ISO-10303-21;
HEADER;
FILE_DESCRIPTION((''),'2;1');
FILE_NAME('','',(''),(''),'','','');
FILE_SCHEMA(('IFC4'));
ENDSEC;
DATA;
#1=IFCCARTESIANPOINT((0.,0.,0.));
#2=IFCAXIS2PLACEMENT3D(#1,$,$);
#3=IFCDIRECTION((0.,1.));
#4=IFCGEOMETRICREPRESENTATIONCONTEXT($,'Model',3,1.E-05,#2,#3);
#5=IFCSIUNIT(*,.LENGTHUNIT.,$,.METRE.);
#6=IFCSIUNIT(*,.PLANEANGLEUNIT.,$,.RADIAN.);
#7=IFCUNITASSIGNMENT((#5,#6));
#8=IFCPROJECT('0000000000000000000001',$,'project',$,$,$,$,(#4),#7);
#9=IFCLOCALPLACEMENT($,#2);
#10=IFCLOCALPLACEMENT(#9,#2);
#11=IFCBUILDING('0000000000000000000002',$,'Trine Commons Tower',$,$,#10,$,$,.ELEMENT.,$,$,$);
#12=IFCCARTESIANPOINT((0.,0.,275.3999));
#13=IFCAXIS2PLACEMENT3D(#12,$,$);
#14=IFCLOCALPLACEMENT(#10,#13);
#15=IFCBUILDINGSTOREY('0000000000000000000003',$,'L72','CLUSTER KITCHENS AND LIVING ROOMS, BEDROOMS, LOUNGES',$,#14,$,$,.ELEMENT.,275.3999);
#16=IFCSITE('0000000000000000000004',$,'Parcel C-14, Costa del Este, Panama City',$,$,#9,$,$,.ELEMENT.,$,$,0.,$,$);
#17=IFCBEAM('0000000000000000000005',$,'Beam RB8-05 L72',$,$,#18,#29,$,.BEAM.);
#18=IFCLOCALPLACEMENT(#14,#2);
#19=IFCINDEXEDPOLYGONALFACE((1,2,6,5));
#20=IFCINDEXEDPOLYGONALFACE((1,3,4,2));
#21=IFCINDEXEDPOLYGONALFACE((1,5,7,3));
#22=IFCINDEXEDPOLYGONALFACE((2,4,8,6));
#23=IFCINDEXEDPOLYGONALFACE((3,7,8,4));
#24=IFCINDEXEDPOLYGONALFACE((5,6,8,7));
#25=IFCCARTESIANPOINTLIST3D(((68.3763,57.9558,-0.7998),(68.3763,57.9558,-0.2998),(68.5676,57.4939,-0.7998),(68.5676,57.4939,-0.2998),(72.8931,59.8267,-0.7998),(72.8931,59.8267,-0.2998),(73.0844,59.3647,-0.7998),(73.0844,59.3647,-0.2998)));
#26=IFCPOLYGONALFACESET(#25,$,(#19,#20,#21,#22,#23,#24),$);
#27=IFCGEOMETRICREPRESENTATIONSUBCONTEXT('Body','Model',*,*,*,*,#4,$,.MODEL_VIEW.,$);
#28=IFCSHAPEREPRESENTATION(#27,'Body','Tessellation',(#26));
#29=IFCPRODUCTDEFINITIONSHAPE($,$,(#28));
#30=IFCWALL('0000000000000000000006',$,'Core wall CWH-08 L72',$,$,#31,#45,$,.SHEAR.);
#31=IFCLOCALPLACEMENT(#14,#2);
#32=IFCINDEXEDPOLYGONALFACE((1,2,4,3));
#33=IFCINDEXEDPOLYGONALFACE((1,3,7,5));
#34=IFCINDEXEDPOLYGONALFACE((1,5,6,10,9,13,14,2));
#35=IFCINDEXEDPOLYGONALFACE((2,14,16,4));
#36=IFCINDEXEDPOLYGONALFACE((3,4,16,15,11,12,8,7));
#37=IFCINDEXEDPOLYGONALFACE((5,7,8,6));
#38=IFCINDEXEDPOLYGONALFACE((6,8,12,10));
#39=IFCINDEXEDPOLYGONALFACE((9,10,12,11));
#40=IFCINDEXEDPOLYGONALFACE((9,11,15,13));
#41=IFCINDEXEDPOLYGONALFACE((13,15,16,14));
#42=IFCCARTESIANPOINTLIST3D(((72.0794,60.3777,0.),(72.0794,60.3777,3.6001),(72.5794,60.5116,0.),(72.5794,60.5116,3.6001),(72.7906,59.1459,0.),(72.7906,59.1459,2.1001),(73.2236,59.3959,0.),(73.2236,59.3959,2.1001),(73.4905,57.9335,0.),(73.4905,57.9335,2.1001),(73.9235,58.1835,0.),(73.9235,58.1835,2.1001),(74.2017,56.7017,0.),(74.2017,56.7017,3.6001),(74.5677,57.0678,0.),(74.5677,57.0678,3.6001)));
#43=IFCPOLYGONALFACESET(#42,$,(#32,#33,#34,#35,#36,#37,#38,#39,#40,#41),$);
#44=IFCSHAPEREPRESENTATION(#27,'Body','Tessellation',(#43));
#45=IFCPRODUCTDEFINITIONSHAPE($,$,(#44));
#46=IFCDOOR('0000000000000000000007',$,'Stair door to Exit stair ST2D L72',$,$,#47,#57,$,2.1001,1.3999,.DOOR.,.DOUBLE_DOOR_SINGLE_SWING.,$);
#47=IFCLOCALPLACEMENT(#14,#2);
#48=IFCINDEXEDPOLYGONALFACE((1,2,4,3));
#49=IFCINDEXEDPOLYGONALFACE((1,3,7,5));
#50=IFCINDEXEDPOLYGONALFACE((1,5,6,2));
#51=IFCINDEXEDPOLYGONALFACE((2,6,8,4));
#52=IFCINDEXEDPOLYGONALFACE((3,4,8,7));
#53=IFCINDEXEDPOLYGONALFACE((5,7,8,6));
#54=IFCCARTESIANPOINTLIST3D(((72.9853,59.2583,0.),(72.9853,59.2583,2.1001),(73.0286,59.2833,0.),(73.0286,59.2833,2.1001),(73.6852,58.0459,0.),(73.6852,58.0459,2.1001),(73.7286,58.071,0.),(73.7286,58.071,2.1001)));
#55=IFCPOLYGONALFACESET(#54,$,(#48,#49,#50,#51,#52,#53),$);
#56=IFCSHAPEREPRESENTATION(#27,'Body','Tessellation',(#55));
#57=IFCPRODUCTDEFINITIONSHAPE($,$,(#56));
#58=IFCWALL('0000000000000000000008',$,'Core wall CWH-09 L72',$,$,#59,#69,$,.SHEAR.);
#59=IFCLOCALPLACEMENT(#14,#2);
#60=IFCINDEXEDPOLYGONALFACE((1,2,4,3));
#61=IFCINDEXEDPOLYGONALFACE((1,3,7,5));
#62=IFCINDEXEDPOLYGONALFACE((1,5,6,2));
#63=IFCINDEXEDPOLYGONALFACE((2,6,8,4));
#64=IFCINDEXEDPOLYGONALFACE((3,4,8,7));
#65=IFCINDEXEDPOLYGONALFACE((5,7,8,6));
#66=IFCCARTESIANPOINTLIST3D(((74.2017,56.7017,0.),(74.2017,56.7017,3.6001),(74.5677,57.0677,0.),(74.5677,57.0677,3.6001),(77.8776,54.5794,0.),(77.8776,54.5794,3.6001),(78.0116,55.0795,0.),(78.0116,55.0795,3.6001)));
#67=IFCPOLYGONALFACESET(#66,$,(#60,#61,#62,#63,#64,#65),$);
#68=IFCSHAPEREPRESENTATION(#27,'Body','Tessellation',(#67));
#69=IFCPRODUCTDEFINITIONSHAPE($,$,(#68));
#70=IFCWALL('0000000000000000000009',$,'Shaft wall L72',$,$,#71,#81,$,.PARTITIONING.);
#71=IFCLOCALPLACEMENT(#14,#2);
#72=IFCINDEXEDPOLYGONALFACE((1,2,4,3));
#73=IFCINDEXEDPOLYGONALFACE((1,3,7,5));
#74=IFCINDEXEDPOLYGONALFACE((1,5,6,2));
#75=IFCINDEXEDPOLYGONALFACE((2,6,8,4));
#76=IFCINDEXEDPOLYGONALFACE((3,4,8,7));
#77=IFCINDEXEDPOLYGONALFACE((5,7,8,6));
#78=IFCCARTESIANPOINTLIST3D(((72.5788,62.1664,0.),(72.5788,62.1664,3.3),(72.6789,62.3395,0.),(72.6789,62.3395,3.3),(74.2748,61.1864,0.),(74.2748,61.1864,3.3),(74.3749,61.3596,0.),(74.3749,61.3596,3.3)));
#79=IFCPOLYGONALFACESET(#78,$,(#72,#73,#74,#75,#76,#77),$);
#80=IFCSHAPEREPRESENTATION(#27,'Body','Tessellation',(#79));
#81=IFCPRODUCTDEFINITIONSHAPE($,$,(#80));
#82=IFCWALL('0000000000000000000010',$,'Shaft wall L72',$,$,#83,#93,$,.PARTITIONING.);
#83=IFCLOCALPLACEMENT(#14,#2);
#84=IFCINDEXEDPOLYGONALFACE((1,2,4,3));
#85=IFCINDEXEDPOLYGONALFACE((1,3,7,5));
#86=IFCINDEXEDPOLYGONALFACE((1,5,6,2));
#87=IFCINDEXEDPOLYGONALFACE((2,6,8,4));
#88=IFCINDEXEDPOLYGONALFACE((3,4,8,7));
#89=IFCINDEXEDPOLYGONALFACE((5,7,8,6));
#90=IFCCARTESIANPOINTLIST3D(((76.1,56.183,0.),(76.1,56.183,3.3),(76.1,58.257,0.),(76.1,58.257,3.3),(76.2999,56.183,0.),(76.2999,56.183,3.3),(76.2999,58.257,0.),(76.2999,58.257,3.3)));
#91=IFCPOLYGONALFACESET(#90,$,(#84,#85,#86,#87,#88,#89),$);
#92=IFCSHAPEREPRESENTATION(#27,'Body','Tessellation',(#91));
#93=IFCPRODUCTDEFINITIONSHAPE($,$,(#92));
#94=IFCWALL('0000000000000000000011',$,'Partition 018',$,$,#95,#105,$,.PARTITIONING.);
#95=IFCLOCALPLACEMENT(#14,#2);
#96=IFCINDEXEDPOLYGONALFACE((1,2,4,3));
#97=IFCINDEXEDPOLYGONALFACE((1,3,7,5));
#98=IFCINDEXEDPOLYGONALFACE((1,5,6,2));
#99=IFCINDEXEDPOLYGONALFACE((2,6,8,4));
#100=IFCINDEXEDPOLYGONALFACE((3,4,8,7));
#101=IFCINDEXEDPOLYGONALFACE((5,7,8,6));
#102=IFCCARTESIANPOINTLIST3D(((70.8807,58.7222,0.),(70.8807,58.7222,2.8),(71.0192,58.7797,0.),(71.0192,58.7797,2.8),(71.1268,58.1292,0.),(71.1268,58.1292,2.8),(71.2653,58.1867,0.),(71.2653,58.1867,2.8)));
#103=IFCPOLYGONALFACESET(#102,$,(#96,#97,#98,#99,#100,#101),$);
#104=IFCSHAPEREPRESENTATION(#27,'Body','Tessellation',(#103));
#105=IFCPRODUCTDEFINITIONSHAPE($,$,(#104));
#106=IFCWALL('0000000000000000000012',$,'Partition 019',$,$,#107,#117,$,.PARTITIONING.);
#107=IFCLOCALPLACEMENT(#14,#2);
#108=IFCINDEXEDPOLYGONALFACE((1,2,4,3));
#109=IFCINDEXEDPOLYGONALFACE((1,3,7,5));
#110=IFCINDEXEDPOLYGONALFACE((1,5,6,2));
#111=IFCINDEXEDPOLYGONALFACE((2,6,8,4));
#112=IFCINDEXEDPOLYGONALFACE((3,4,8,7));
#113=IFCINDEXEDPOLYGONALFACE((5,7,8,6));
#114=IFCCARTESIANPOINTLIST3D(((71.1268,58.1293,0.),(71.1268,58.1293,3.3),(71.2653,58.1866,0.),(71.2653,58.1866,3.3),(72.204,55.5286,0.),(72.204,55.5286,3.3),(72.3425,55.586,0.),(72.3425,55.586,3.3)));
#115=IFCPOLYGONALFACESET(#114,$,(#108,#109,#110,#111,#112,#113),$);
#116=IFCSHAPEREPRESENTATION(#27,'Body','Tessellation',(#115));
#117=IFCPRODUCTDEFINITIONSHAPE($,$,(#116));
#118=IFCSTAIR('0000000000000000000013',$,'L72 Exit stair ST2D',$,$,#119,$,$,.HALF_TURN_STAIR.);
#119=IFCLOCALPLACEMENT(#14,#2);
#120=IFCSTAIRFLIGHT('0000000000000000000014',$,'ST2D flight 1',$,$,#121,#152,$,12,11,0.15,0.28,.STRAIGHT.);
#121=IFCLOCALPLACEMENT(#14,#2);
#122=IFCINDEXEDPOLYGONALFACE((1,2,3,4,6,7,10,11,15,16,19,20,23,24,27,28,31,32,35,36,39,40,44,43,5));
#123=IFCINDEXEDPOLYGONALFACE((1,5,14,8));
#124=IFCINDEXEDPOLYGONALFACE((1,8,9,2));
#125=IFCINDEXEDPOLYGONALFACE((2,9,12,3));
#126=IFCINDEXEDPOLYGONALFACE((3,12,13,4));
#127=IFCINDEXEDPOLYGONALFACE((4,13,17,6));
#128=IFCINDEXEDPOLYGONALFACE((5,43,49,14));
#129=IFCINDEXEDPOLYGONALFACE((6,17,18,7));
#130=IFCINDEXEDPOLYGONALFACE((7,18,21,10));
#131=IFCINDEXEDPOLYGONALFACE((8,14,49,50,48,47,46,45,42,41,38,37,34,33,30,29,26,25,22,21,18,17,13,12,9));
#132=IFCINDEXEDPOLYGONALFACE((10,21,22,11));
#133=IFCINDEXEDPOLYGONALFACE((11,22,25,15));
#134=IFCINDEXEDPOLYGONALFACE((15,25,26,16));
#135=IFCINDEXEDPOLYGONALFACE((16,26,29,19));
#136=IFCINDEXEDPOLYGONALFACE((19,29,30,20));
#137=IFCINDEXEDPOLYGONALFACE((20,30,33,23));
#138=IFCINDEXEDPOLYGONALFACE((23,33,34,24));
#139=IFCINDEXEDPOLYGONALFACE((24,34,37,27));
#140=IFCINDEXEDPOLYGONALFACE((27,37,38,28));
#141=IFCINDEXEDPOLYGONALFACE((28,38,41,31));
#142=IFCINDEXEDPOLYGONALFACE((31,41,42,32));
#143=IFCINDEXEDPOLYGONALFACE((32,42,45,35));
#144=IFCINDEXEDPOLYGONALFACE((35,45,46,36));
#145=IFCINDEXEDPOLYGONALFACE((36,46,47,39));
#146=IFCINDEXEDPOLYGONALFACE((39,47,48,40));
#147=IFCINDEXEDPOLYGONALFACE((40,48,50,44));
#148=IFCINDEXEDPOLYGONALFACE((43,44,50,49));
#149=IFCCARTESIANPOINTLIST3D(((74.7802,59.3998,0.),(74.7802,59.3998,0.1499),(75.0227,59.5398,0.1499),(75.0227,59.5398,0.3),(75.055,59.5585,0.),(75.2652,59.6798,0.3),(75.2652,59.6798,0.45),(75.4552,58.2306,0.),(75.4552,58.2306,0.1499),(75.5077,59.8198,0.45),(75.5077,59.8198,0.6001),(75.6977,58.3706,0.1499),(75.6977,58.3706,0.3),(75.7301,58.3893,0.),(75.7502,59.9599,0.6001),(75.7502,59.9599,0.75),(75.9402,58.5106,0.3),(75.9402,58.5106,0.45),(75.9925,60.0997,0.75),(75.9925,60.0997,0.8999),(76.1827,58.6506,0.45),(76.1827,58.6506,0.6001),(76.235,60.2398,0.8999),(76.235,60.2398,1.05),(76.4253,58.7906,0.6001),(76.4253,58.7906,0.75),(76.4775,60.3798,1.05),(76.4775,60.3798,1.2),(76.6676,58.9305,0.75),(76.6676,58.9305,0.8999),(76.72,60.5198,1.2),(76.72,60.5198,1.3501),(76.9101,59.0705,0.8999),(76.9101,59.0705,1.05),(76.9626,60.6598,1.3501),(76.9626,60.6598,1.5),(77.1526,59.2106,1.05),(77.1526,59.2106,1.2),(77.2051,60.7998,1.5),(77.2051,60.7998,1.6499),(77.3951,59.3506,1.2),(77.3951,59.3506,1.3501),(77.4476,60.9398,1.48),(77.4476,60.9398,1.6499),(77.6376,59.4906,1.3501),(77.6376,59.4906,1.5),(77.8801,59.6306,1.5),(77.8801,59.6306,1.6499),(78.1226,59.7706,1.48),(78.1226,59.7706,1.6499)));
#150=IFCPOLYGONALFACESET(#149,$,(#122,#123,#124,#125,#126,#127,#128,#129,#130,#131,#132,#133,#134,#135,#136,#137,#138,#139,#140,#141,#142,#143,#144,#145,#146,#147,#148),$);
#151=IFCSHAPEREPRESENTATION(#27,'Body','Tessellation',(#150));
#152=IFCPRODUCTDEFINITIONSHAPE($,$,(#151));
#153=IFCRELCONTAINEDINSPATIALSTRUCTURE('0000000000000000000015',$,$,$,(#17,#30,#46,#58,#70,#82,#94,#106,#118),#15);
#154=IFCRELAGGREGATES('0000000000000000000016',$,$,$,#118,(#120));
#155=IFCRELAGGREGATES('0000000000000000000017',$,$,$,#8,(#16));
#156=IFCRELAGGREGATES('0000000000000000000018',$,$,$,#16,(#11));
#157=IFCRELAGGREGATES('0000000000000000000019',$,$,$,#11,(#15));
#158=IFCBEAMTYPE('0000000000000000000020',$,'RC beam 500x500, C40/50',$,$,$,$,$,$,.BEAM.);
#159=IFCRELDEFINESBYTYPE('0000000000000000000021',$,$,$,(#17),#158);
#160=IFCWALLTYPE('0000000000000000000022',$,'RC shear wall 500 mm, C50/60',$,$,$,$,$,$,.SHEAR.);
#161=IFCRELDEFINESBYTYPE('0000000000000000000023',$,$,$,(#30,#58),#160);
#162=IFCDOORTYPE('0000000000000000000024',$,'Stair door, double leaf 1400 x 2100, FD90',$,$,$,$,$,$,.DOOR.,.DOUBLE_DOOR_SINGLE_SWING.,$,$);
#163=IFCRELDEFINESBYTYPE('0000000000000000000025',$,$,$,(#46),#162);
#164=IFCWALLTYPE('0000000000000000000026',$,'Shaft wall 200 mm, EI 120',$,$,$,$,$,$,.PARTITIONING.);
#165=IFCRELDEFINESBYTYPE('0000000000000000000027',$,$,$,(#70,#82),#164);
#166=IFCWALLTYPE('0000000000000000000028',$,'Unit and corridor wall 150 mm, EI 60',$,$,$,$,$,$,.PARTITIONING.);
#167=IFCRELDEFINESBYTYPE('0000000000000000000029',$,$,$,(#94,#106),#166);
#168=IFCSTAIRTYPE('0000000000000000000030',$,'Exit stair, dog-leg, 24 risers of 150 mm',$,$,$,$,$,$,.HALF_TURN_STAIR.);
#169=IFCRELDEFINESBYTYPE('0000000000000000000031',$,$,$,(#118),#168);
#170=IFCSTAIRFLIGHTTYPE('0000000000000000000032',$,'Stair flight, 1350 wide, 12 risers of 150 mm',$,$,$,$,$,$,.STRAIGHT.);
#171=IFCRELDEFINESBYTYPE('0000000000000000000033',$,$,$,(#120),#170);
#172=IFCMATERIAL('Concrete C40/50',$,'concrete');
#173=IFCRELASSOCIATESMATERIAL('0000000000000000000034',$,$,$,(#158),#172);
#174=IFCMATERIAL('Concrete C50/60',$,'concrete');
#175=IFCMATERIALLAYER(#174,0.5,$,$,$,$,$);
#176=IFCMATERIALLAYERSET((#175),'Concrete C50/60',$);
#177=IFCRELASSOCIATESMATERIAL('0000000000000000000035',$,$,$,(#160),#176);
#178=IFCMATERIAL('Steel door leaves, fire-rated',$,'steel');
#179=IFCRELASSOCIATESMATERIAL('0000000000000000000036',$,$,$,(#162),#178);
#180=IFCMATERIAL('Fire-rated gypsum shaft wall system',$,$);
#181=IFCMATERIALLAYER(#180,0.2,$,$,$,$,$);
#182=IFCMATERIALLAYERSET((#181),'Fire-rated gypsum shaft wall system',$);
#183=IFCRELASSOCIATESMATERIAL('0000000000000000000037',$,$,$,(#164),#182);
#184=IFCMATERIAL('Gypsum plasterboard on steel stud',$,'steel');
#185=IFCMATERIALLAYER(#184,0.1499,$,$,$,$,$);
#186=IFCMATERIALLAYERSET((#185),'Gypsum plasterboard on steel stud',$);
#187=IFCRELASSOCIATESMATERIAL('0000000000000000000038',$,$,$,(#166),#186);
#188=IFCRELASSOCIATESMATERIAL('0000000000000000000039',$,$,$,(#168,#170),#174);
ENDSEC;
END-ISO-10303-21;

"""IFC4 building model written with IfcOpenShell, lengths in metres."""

from ifc_helpers import new_model, si_unit, direction, frame, frame_2d, origin, origin_2d, place, context, subcontext, project, spatial, polyline, rectangle, outline, extrude, material, layer, layer_set, material_profile, profile_set, type_object, element, fill, aggregate, save


model = new_model("IFC4")

# Units and contexts
model_context = context("Model", 3, precision=1e-05, world=origin(), true_north=direction((0.0, 1.0)))
body_context = subcontext(model_context, "Body", "Model", "MODEL_VIEW")
ifc_project = project(units=[si_unit("LENGTHUNIT", "METRE"), si_unit("PLANEANGLEUNIT", "RADIAN")], contexts=[model_context])

# Site, building, storey
site_placement = place(None, origin())
site = spatial("IfcSite", under=ifc_project, at=site_placement, Name="Parcel C-14, Costa del Este, Panama City", CompositionType="ELEMENT", RefElevation=0.0)
building_placement = place(site_placement, origin())
building = spatial("IfcBuilding", under=site, at=building_placement, Name="Trine Commons Tower", CompositionType="ELEMENT")
storey_placement = place(building_placement, frame((0.0, 0.0, 275.3999)))
storey = spatial("IfcBuildingStorey", under=building, at=storey_placement, Name="L72", Description="CLUSTER KITCHENS AND LIVING ROOMS, BEDROOMS, LOUNGES", CompositionType="ELEMENT", Elevation=275.3999)

# Beam
ifc_material_1 = material(Name="Concrete C40/50", Category="concrete")
ifc_material_profile = material_profile(ifc_material_1, rectangle(XDim=0.5, YDim=0.5, at=origin_2d()), Name="RC 500x500")
ifc_profile_set = profile_set([ifc_material_profile], Name="Concrete C40/50")
beam_type = type_object("IfcBeamType", Name="RC beam 500x500, C40/50", PredefinedType="BEAM", material=ifc_profile_set)
beam_placement = place(storey_placement, frame((72.9888, 59.5957, -0.5498), z_axis=(-0.923886, -0.382668, 0.0), x_axis=(0.382668, -0.923886, 0.0)))
element("IfcBeam", 1, at=beam_placement, inside=storey, type_object=beam_type, Name="Beam RB8-05 L72", PredefinedType="BEAM", context=body_context, shape_type="SweptSolid", body=[
    extrude(rectangle(XDim=0.5, YDim=0.5, at=origin_2d()), origin(), (0.0, 0.0, 1.0), 4.8889),
])

# Wall, opening, door
ifc_material_2 = material(Name="Concrete C50/60", Category="concrete")
ifc_layer_1 = layer(ifc_material_2, 0.5)
ifc_layer_set_1 = layer_set([ifc_layer_1], Name="Concrete C50/60")
wall_type_1 = type_object("IfcWallType", Name="RC shear wall 500 mm, C50/60", PredefinedType="SHEAR", material=ifc_layer_set_1)
wall_1_placement = place(storey_placement, frame((72.2959, 60.5027, 0.0), z_axis=(0.0, 0.0, 1.0), x_axis=(0.499993, -0.866029, 0.0)))
wall_1 = element("IfcWall", 2, at=wall_1_placement, inside=storey, type_object=wall_type_1, Name="Core wall CWH-08 L72", PredefinedType="SHEAR", context=body_context, shape_type="SweptSolid", body=[
    extrude(outline(polyline([(0.0, -0.25), (4.2446, -0.25), (4.1106, 0.25), (0.134, 0.25), (0.0, -0.25)])), origin(), (0.0, 0.0, 1.0), 3.6001),
])
opening_placement = place(wall_1_placement, frame((1.4224, 0.0, 0.0)))
opening = element("IfcOpeningElement", 3, at=opening_placement, cuts=wall_1, PredefinedType="OPENING", context=body_context, shape_type="SweptSolid", body=[
    extrude(rectangle(XDim=1.3999, YDim=2.1001, at=frame_2d((0.7, 1.05))), frame((0.0, 0.26, 0.0), z_axis=(0.0, -1.0, 0.0), x_axis=(1.0, 0.0, 0.0)), (0.0, 0.0, 1.0), 0.52),
])
ifc_material_3 = material(Name="Steel door leaves, fire-rated", Category="steel")
door_type = type_object("IfcDoorType", Name="Stair door, double leaf 1400 x 2100, FD90", OperationType="DOUBLE_DOOR_SINGLE_SWING", PredefinedType="DOOR", material=ifc_material_3)
door_placement = place(opening_placement, origin())
door = element("IfcDoor", 4, at=door_placement, inside=storey, type_object=door_type, Name="Stair door to Exit stair ST2D L72", OperationType="DOUBLE_DOOR_SINGLE_SWING", OverallHeight=2.1001, OverallWidth=1.3999, PredefinedType="DOOR", context=body_context, shape_type="SweptSolid", body=[
    extrude(rectangle(XDim=1.3999, YDim=2.1001, at=frame_2d((0.7, 1.05))), frame((0.0, 0.0249, 0.0), z_axis=(0.0, -1.0, 0.0), x_axis=(1.0, 0.0, 0.0)), (0.0, 0.0, 1.0), 0.05),
])
fill(opening, door)

# Walls
wall_2_placement = place(storey_placement, frame((74.3267, 56.9182, 0.0), z_axis=(0.0, 0.0, 1.0), x_axis=(0.866029, -0.499993, 0.0)))
element("IfcWall", 5, at=wall_2_placement, inside=storey, type_object=wall_type_1, Name="Core wall CWH-09 L72", PredefinedType="SHEAR", context=body_context, shape_type="SweptSolid", body=[
    extrude(outline(polyline([(0.0, -0.25), (4.2446, -0.25), (4.1106, 0.25), (0.134, 0.25), (0.0, -0.25)])), origin(), (0.0, 0.0, 1.0), 3.6001),
])
ifc_material_4 = material(Name="Fire-rated gypsum shaft wall system")
ifc_layer_2 = layer(ifc_material_4, 0.2)
ifc_layer_set_2 = layer_set([ifc_layer_2], Name="Fire-rated gypsum shaft wall system")
wall_type_2 = type_object("IfcWallType", Name="Shaft wall 200 mm, EI 120", PredefinedType="PARTITIONING", material=ifc_layer_set_2)
wall_3_placement = place(storey_placement, frame((74.325, 61.2729, 0.0), z_axis=(0.0, 0.0, 1.0), x_axis=(-0.865855, 0.500294, 0.0)))
element("IfcWall", 6, at=wall_3_placement, inside=storey, type_object=wall_type_2, Name="Shaft wall L72", PredefinedType="PARTITIONING", context=body_context, shape_type="SweptSolid", body=[
    extrude(rectangle(XDim=1.9587, YDim=0.2, at=frame_2d((0.9795, 0.0))), origin(), (0.0, 0.0, 1.0), 3.3),
])
wall_4_placement = place(storey_placement, frame((76.2, 58.2571, 0.0), z_axis=(0.0, 0.0, 1.0), x_axis=(0.0, -1.0, 0.0)))
element("IfcWall", 7, at=wall_4_placement, inside=storey, type_object=wall_type_2, Name="Shaft wall L72", PredefinedType="PARTITIONING", context=body_context, shape_type="SweptSolid", body=[
    extrude(rectangle(XDim=2.074, YDim=0.2, at=frame_2d((1.0371, 0.0))), origin(), (0.0, 0.0, 1.0), 3.3),
])
ifc_material_5 = material(Name="Gypsum plasterboard on steel stud", Category="steel")
ifc_layer_3 = layer(ifc_material_5, 0.1499)
ifc_layer_set_3 = layer_set([ifc_layer_3], Name="Gypsum plasterboard on steel stud")
wall_type_3 = type_object("IfcWallType", Name="Unit and corridor wall 150 mm, EI 60", PredefinedType="PARTITIONING", material=ifc_layer_set_3)
wall_5_placement = place(storey_placement, frame((70.95, 58.751, 0.0), z_axis=(0.0, 0.0, 1.0), x_axis=(0.383292, -0.923627, 0.0)))
element("IfcWall", 8, at=wall_5_placement, inside=storey, type_object=wall_type_3, Name="Partition 018", PredefinedType="PARTITIONING", context=body_context, shape_type="SweptSolid", body=[
    extrude(rectangle(XDim=0.6421, YDim=0.1499, at=frame_2d((0.321, 0.0))), origin(), (0.0, 0.0, 1.0), 2.8),
])
wall_6_placement = place(storey_placement, frame((71.196, 58.158, 0.0), z_axis=(0.0, 0.0, 1.0), x_axis=(0.382668, -0.923886, 0.0)))
element("IfcWall", 9, at=wall_6_placement, inside=storey, type_object=wall_type_3, Name="Partition 019", PredefinedType="PARTITIONING", context=body_context, shape_type="SweptSolid", body=[
    extrude(rectangle(XDim=2.8149, YDim=0.1499, at=frame_2d((1.4075, 0.0))), origin(), (0.0, 0.0, 1.0), 3.3),
])

# Stair, stair flight
stair_type = type_object("IfcStairType", Name="Exit stair, dog-leg, 24 risers of 150 mm", PredefinedType="HALF_TURN_STAIR", material=ifc_material_2)
stair_placement = place(storey_placement, origin())
stair = element("IfcStair", 10, at=stair_placement, inside=storey, type_object=stair_type, Name="L72 Exit stair ST2D", PredefinedType="HALF_TURN_STAIR")
stair_flight_type = type_object("IfcStairFlightType", Name="Stair flight, 1350 wide, 12 risers of 150 mm", PredefinedType="STRAIGHT", material=ifc_material_2)
stair_flight_1_placement = place(storey_placement, frame((75.1177, 58.8152, 0.0), z_axis=(0.0, 0.0, 1.0), x_axis=(0.866025, 0.5, 0.0)))
stair_flight_1 = element("IfcStairFlight", 11, at=stair_flight_1_placement, type_object=stair_flight_type, Name="ST2D flight 1", NumberOfRisers=12, NumberOfTreads=11, PredefinedType="STRAIGHT", RiserHeight=0.15, TreadLength=0.28, context=body_context, shape_type="SweptSolid", body=[
    extrude(outline(polyline([(0.0, 0.0), (0.0, 0.1499), (0.28, 0.1499), (0.28, 0.3), (0.5601, 0.3), (0.5601, 0.45), (0.8401, 0.45), (0.8401, 0.6001), (1.1201, 0.6001), (1.1201, 0.75), (1.3999, 0.75), (1.3999, 0.8999), (1.6799, 0.8999), (1.6799, 1.05), (1.96, 1.05), (1.96, 1.2), (2.24, 1.2), (2.24, 1.3501), (2.52, 1.3501), (2.52, 1.5), (2.8, 1.5), (2.8, 1.6499), (3.0801, 1.6499), (3.0801, 1.8), (3.0801, 1.48), (0.3174, 0.0), (0.0, 0.0)])), frame((0.0, 0.675, 0.0), z_axis=(0.0, -1.0, 0.0), x_axis=(1.0, 0.0, 0.0)), (0.0, 0.0, 1.0), 1.3501),
])
aggregate(stair, [stair_flight_1])

save(model, "model.ifc")
